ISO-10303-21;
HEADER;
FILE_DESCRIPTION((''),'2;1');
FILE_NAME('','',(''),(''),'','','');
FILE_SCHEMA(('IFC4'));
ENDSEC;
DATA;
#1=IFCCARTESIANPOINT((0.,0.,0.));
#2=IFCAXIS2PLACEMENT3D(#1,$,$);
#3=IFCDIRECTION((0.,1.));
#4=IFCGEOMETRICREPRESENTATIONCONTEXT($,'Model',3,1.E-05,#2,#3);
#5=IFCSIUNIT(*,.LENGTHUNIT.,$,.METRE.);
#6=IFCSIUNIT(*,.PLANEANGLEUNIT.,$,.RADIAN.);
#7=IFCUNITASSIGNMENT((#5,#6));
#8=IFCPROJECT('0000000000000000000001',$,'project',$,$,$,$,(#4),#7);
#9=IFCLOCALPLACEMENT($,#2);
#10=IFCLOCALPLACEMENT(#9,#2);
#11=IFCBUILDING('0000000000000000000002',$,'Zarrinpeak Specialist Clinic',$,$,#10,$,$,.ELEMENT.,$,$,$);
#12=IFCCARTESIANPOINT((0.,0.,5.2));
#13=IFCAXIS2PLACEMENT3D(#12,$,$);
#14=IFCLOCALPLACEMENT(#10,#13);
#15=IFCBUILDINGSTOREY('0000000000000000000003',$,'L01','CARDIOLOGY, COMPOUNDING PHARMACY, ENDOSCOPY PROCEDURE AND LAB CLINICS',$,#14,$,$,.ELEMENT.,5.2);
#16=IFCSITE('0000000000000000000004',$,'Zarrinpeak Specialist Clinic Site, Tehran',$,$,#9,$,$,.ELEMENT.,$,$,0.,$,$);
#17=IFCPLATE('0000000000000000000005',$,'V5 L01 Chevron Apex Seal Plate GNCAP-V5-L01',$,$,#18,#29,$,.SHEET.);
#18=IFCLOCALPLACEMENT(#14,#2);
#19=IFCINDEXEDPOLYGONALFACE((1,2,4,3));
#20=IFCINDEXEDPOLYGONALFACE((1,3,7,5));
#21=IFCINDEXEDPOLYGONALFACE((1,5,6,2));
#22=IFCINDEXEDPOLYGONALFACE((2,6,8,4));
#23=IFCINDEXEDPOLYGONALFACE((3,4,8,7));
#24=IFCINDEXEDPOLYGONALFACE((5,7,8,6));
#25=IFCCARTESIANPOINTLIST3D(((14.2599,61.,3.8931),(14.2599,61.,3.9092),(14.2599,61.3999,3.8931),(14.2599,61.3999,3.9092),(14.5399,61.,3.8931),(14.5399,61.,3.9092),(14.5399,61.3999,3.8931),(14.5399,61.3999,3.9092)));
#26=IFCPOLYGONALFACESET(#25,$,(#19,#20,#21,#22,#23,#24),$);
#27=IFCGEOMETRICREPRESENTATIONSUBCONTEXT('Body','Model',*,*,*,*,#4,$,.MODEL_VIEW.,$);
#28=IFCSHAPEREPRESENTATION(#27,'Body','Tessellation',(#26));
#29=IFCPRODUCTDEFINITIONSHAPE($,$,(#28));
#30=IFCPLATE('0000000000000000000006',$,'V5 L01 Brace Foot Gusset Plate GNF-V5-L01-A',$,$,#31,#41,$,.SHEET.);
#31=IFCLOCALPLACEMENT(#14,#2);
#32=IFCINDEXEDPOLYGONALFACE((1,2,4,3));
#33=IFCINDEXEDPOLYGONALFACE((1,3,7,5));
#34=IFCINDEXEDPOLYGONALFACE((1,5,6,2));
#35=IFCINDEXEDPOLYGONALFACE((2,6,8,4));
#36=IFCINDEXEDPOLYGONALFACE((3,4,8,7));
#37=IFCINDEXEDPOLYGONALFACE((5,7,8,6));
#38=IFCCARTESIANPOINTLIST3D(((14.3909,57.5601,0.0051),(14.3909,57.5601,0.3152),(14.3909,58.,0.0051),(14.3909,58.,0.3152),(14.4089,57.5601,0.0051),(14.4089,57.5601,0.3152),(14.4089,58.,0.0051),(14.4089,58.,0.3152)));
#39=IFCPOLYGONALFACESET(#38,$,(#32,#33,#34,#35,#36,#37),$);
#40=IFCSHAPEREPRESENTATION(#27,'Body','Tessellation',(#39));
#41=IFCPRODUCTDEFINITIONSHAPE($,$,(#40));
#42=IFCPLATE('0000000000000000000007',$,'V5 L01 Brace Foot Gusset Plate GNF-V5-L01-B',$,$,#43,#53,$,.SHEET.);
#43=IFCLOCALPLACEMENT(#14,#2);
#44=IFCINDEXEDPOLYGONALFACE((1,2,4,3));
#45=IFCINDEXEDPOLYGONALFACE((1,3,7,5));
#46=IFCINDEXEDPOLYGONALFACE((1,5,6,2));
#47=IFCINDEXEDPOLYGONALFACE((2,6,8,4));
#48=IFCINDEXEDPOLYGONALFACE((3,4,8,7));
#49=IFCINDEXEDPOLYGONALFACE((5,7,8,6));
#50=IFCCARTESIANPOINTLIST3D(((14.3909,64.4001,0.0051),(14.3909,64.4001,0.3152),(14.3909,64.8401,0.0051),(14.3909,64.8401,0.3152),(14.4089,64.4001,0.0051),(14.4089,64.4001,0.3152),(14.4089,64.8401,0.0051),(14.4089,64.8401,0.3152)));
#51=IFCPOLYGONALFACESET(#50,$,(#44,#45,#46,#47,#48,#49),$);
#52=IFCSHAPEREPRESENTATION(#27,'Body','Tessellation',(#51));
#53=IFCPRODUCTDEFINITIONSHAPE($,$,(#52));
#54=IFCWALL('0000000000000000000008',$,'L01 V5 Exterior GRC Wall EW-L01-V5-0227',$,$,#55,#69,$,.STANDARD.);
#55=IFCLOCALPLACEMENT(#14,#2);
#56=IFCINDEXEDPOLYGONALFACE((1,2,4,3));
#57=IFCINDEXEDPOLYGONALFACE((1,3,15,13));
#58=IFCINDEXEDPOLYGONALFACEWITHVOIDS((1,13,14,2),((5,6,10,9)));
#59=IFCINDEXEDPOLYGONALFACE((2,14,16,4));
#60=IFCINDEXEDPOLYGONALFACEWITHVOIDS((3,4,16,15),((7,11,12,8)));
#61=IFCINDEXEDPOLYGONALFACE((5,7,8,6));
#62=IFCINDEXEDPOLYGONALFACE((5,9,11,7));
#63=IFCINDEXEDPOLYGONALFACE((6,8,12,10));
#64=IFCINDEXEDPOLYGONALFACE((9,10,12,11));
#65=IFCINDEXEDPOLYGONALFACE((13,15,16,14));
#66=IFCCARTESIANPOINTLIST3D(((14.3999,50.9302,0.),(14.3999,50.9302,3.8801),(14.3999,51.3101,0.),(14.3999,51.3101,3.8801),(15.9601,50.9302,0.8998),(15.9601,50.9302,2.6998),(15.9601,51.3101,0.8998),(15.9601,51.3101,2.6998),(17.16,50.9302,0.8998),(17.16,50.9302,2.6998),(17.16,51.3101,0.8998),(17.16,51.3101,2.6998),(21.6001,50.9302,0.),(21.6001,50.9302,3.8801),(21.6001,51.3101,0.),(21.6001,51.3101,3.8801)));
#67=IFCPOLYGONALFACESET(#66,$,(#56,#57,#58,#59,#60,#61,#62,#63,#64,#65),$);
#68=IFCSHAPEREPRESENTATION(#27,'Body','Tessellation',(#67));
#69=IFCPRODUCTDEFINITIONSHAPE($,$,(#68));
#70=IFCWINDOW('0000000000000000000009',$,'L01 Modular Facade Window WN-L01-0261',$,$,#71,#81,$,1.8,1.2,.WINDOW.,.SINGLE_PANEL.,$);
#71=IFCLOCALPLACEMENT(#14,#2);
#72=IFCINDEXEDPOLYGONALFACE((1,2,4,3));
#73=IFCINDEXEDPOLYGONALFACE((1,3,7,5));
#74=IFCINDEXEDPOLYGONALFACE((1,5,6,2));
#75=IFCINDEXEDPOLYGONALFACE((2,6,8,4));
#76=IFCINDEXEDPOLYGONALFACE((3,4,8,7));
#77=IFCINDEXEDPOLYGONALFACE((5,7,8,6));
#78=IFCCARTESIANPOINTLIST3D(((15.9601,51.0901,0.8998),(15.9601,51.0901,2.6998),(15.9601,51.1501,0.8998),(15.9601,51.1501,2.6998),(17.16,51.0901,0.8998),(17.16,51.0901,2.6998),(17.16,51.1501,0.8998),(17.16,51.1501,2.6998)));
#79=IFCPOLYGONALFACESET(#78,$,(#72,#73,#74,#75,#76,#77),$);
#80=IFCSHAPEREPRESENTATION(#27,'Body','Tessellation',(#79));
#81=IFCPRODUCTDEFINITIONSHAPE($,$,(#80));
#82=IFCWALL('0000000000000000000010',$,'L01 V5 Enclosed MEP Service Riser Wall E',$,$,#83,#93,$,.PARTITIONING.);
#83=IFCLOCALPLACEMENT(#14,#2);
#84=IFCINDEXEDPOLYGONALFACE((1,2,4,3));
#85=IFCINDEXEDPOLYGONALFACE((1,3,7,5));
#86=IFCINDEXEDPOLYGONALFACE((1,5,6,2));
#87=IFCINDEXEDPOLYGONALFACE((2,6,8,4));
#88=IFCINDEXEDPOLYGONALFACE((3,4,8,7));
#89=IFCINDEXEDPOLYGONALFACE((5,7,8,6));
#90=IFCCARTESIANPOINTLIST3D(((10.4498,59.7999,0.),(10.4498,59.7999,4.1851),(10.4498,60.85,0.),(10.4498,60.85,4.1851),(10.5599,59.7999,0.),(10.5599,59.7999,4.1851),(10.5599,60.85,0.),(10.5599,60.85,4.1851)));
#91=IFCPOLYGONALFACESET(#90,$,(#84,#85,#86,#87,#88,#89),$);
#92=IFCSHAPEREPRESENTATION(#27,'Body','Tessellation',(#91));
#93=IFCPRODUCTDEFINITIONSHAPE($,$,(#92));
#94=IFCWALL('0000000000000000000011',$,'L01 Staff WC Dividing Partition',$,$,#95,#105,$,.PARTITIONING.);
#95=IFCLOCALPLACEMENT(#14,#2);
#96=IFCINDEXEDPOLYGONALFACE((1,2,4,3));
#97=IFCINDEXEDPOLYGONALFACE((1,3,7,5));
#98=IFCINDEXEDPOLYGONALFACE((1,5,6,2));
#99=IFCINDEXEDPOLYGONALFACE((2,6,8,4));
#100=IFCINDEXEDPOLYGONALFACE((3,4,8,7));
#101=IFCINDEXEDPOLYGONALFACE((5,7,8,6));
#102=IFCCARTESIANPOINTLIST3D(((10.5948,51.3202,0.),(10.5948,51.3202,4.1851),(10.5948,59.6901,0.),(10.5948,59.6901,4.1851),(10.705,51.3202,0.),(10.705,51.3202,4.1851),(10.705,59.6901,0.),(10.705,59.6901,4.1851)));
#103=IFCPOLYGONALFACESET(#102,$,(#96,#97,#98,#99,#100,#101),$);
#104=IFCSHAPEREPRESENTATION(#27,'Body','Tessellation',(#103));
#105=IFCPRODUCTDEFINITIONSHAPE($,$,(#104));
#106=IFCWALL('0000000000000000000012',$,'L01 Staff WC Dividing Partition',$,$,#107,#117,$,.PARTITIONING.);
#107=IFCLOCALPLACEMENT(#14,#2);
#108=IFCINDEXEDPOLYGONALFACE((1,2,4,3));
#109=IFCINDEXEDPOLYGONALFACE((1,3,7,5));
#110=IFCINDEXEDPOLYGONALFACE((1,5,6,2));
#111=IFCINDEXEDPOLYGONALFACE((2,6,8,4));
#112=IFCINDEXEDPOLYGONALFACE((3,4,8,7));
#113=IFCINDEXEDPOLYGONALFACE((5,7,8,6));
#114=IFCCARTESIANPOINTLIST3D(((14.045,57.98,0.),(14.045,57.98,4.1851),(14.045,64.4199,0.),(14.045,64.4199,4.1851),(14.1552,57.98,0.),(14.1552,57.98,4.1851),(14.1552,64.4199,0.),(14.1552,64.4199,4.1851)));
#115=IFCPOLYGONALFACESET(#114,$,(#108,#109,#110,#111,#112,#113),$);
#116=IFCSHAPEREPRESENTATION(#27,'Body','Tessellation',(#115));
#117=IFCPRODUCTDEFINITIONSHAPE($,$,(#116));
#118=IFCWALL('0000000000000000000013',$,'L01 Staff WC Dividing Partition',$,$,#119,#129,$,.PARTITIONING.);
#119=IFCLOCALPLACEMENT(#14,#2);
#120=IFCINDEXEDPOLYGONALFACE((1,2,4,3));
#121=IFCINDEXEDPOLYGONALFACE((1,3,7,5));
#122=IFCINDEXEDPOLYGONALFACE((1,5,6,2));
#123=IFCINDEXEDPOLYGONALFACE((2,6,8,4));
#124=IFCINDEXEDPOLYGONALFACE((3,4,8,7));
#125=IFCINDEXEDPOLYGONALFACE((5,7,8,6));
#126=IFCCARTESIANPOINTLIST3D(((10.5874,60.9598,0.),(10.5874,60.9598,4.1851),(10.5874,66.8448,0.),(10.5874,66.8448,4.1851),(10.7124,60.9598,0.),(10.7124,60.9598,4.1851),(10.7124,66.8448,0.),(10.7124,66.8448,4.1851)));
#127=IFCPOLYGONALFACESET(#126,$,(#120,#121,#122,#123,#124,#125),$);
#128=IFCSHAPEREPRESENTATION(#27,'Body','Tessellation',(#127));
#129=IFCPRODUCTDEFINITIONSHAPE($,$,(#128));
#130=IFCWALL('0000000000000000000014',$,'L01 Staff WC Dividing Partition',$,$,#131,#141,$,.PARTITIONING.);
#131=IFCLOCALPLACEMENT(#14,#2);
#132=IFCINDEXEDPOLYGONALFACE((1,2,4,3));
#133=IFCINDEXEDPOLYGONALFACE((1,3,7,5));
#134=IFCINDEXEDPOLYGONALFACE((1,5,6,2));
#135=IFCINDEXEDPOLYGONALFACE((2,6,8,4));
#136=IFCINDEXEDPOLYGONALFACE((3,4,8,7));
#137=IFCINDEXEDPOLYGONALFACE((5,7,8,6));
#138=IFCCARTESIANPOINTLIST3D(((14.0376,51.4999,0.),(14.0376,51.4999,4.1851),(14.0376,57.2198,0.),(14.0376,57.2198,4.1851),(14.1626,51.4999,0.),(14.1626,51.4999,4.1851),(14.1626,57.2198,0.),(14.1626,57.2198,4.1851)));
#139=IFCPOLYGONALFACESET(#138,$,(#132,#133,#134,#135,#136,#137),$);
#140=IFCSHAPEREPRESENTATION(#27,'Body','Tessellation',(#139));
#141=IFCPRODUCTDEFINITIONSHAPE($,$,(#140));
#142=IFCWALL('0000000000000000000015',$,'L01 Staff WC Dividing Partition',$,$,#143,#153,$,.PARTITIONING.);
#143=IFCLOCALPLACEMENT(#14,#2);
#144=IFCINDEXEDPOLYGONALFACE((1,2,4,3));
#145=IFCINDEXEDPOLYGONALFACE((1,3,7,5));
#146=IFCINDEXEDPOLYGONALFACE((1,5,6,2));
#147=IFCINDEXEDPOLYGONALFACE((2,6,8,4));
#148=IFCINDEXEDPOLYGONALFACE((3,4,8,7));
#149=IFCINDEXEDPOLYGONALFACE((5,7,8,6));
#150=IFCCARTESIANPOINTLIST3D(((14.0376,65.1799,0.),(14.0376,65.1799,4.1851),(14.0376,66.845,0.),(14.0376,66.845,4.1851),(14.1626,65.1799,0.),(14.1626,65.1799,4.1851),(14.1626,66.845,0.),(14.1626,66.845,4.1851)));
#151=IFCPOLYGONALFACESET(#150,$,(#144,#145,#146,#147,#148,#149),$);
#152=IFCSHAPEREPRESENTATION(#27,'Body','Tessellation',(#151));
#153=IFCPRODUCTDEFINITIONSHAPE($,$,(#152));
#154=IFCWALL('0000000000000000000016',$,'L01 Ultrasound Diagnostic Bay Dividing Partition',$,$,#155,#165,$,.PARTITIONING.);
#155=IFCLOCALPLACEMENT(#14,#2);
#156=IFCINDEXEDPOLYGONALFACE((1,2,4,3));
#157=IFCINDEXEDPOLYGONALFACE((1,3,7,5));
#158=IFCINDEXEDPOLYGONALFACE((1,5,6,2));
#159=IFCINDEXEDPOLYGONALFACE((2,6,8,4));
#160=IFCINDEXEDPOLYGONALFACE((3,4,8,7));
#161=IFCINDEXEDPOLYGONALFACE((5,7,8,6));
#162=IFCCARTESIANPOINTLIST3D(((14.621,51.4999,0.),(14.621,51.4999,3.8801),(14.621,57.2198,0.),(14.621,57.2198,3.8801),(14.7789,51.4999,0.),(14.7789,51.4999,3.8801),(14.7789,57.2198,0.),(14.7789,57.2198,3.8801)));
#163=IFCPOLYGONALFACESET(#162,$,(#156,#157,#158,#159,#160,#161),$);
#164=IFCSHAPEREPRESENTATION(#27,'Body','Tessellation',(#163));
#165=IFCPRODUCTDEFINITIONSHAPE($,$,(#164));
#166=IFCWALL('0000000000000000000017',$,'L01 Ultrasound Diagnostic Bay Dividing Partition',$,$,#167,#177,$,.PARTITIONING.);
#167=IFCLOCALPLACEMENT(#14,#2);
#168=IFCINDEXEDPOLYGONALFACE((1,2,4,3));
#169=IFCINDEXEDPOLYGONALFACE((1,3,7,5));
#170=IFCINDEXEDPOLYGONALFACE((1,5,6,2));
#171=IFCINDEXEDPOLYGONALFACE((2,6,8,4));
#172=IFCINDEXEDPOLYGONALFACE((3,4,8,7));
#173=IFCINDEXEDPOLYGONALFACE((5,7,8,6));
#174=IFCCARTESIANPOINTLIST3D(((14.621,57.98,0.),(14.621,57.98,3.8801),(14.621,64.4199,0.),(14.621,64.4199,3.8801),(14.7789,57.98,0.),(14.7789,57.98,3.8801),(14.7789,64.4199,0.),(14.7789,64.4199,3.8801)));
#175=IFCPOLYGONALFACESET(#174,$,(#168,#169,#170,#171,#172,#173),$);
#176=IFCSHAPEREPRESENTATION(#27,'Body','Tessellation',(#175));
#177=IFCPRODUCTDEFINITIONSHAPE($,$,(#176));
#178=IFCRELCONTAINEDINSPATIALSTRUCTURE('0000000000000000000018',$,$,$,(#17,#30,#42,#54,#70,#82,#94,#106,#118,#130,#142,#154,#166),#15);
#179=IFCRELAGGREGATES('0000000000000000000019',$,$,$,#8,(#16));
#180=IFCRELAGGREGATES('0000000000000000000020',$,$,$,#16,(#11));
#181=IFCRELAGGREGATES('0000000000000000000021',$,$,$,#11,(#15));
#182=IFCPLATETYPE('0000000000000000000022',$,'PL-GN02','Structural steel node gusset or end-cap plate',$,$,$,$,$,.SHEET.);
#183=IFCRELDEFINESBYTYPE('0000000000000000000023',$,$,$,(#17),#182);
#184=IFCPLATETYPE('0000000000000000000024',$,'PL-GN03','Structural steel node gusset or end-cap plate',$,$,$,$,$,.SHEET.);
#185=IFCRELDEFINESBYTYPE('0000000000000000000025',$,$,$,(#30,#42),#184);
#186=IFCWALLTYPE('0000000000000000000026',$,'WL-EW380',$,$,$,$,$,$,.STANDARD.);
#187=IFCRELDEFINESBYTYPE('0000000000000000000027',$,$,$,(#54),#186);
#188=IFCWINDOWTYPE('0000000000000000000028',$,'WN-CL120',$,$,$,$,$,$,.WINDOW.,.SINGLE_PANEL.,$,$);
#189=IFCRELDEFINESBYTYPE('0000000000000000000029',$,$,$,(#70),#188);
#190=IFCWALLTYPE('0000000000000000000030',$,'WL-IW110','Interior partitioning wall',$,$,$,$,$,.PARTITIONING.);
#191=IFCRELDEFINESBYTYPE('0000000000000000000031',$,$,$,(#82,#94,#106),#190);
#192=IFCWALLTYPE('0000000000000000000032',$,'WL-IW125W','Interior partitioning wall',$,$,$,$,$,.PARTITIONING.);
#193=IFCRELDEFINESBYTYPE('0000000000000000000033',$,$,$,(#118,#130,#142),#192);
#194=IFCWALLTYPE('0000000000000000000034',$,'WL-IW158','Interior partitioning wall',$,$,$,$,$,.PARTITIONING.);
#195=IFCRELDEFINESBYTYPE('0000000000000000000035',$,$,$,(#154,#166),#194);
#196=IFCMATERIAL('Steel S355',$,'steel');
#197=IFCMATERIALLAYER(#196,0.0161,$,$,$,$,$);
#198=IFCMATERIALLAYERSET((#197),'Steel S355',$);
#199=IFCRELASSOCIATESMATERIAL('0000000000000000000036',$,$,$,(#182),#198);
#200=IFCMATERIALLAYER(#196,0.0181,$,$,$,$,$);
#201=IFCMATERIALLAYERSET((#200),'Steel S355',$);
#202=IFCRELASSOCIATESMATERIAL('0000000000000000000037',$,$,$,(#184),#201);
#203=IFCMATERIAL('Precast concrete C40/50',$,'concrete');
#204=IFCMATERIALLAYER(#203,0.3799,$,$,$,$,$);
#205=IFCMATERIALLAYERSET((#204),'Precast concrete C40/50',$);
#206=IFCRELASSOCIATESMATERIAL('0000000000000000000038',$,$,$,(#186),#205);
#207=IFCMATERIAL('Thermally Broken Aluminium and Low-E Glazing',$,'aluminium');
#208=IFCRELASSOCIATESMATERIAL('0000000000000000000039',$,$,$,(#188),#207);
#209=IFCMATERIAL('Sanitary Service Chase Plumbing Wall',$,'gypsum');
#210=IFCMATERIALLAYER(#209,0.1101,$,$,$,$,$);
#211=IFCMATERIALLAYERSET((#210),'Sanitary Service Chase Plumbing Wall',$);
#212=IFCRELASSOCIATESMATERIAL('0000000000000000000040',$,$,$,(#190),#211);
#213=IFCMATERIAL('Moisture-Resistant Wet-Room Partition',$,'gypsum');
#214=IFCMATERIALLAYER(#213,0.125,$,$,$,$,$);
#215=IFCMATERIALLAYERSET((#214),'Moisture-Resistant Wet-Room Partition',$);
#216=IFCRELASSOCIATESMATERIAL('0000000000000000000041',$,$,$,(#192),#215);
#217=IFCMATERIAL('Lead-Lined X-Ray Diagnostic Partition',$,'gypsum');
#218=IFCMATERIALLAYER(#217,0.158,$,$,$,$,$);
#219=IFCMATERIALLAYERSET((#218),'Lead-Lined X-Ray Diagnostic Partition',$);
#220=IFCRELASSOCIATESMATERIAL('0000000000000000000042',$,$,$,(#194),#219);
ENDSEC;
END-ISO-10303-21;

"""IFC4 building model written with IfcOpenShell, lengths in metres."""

from ifc_helpers import new_model, si_unit, direction, frame, frame_2d, origin, origin_2d, place, context, subcontext, project, spatial, rectangle, extrude, material, layer, layer_set, type_object, element, fill, save


model = new_model("IFC4")

# Units and contexts
model_context = context("Model", 3, precision=1e-05, world=origin(), true_north=direction((0.0, 1.0)))
body_context = subcontext(model_context, "Body", "Model", "MODEL_VIEW")
ifc_project = project(units=[si_unit("LENGTHUNIT", "METRE"), si_unit("PLANEANGLEUNIT", "RADIAN")], contexts=[model_context])

# Site, building, storey
site_placement = place(None, origin())
site = spatial("IfcSite", under=ifc_project, at=site_placement, Name="Zarrinpeak Specialist Clinic Site, Tehran", CompositionType="ELEMENT", RefElevation=0.0)
building_placement = place(site_placement, origin())
building = spatial("IfcBuilding", under=site, at=building_placement, Name="Zarrinpeak Specialist Clinic", CompositionType="ELEMENT")
storey_placement = place(building_placement, frame((0.0, 0.0, 5.2)))
storey = spatial("IfcBuildingStorey", under=building, at=storey_placement, Name="L01", Description="CARDIOLOGY, COMPOUNDING PHARMACY, ENDOSCOPY PROCEDURE AND LAB CLINICS", CompositionType="ELEMENT", Elevation=5.2)

# Shared definitions
ifc_material_1 = material(Name="Steel S355", Category="steel")

# Plates
ifc_layer_1 = layer(ifc_material_1, 0.0161)
ifc_layer_set_1 = layer_set([ifc_layer_1], Name="Steel S355")
plate_type_1 = type_object("IfcPlateType", Name="PL-GN02", Description="Structural steel node gusset or end-cap plate", PredefinedType="SHEET", material=ifc_layer_set_1)
plate_1_placement = place(storey_placement, frame((14.3999, 61.2, 3.8931), z_axis=(0.0, 0.0, 1.0), x_axis=(1.0, 0.0, 0.0)))
element("IfcPlate", 1, at=plate_1_placement, inside=storey, type_object=plate_type_1, Name="V5 L01 Chevron Apex Seal Plate GNCAP-V5-L01", PredefinedType="SHEET", context=body_context, shape_type="SweptSolid", body=[
    extrude(rectangle(XDim=0.28, YDim=0.3999, at=origin_2d()), origin(), (0.0, 0.0, 1.0), 0.0161),
])
ifc_layer_2 = layer(ifc_material_1, 0.0181)
ifc_layer_set_2 = layer_set([ifc_layer_2], Name="Steel S355")
plate_type_2 = type_object("IfcPlateType", Name="PL-GN03", Description="Structural steel node gusset or end-cap plate", PredefinedType="SHEET", material=ifc_layer_set_2)
for number, where, z_axis, x_axis, name in (
    (2, (14.3999, 57.78, 0.0051), (0.0, 0.0, 1.0), (1.0, 0.0, 0.0), "V5 L01 Brace Foot Gusset Plate GNF-V5-L01-A"),
    (3, (14.3999, 64.6201, 0.0051), (0.0, 0.0, 1.0), (1.0, 0.0, 0.0), "V5 L01 Brace Foot Gusset Plate GNF-V5-L01-B"),
):
    element("IfcPlate", number, at=place(storey_placement, frame(where, z_axis=z_axis, x_axis=x_axis)), inside=storey, type_object=plate_type_2, Name=name, PredefinedType="SHEET", context=body_context, shape_type="SweptSolid", body=[
        extrude(rectangle(XDim=0.0181, YDim=0.4399, at=origin_2d()), origin(), (0.0, 0.0, 1.0), 0.3101),
    ])

# Wall, opening, window
ifc_material_2 = material(Name="Precast concrete C40/50", Category="concrete")
ifc_layer_3 = layer(ifc_material_2, 0.3799)
ifc_layer_set_3 = layer_set([ifc_layer_3], Name="Precast concrete C40/50")
wall_type_1 = type_object("IfcWallType", Name="WL-EW380", PredefinedType="STANDARD", material=ifc_layer_set_3)
wall_1_placement = place(storey_placement, frame((14.3999, 51.1201, 0.0), z_axis=(0.0, 0.0, 1.0), x_axis=(1.0, 0.0, 0.0)))
wall_1 = element("IfcWall", 4, at=wall_1_placement, inside=storey, type_object=wall_type_1, Name="L01 V5 Exterior GRC Wall EW-L01-V5-0227", PredefinedType="STANDARD", context=body_context, shape_type="SweptSolid", body=[
    extrude(rectangle(XDim=7.2002, YDim=0.3799, at=frame_2d((3.6001, 0.0))), origin(), (0.0, 0.0, 1.0), 3.8801),
])
opening_placement = place(wall_1_placement, frame((1.5601, 0.0, 0.8999)))
opening = element("IfcOpeningElement", 5, at=opening_placement, cuts=wall_1, PredefinedType="OPENING", context=body_context, shape_type="SweptSolid", body=[
    extrude(rectangle(XDim=1.2, YDim=1.8, at=frame_2d((0.6001, 0.8999))), frame((0.0, 0.2, 0.0), z_axis=(0.0, -1.0, 0.0), x_axis=(1.0, 0.0, 0.0)), (0.0, 0.0, 1.0), 0.3999),
])
ifc_material_3 = material(Name="Thermally Broken Aluminium and Low-E Glazing", Category="aluminium")
window_type = type_object("IfcWindowType", Name="WN-CL120", PartitioningType="SINGLE_PANEL", PredefinedType="WINDOW", material=ifc_material_3)
window_placement = place(opening_placement, origin())
window = element("IfcWindow", 6, at=window_placement, inside=storey, type_object=window_type, Name="L01 Modular Facade Window WN-L01-0261", OverallHeight=1.8, OverallWidth=1.2, PartitioningType="SINGLE_PANEL", PredefinedType="WINDOW", context=body_context, shape_type="SweptSolid", body=[
    extrude(rectangle(XDim=1.2, YDim=1.8, at=frame_2d((0.6001, 0.8999))), frame((0.0, 0.03, 0.0), z_axis=(0.0, -1.0, 0.0), x_axis=(1.0, 0.0, 0.0)), (0.0, 0.0, 1.0), 0.0601),
])
fill(opening, window)

# Walls
ifc_material_4 = material(Name="Sanitary Service Chase Plumbing Wall", Category="gypsum")
ifc_layer_4 = layer(ifc_material_4, 0.1101)
ifc_layer_set_4 = layer_set([ifc_layer_4], Name="Sanitary Service Chase Plumbing Wall")
wall_type_2 = type_object("IfcWallType", Name="WL-IW110", Description="Interior partitioning wall", PredefinedType="PARTITIONING", material=ifc_layer_set_4)
wall_2_placement = place(storey_placement, frame((10.5049, 59.8, 0.0), z_axis=(0.0, 0.0, 1.0), x_axis=(0.0, 1.0, 0.0)))
element("IfcWall", 7, at=wall_2_placement, inside=storey, type_object=wall_type_2, Name="L01 V5 Enclosed MEP Service Riser Wall E", PredefinedType="PARTITIONING", context=body_context, shape_type="SweptSolid", body=[
    extrude(rectangle(XDim=1.05, YDim=0.1101, at=frame_2d((0.5249, 0.0))), origin(), (0.0, 0.0, 1.0), 4.1851),
])
wall_3_placement = place(storey_placement, frame((10.6499, 51.3201, 0.0), z_axis=(0.0, 0.0, 1.0), x_axis=(0.0, 1.0, 0.0)))
element("IfcWall", 8, at=wall_3_placement, inside=storey, type_object=wall_type_2, Name="L01 Staff WC Dividing Partition", PredefinedType="PARTITIONING", context=body_context, shape_type="SweptSolid", body=[
    extrude(rectangle(XDim=8.3699, YDim=0.1101, at=frame_2d((4.1851, 0.0))), origin(), (0.0, 0.0, 1.0), 4.1851),
])
wall_4_placement = place(storey_placement, frame((14.1001, 57.98, 0.0), z_axis=(0.0, 0.0, 1.0), x_axis=(0.0, 1.0, 0.0)))
element("IfcWall", 9, at=wall_4_placement, inside=storey, type_object=wall_type_2, Name="L01 Staff WC Dividing Partition", PredefinedType="PARTITIONING", context=body_context, shape_type="SweptSolid", body=[
    extrude(rectangle(XDim=6.4399, YDim=0.1101, at=frame_2d((3.22, 0.0))), origin(), (0.0, 0.0, 1.0), 4.1851),
])
ifc_material_5 = material(Name="Moisture-Resistant Wet-Room Partition", Category="gypsum")
ifc_layer_5 = layer(ifc_material_5, 0.125)
ifc_layer_set_5 = layer_set([ifc_layer_5], Name="Moisture-Resistant Wet-Room Partition")
wall_type_3 = type_object("IfcWallType", Name="WL-IW125W", Description="Interior partitioning wall", PredefinedType="PARTITIONING", material=ifc_layer_set_5)
wall_5_placement = place(storey_placement, frame((10.6499, 60.96, 0.0), z_axis=(0.0, 0.0, 1.0), x_axis=(0.0, 1.0, 0.0)))
element("IfcWall", 10, at=wall_5_placement, inside=storey, type_object=wall_type_3, Name="L01 Staff WC Dividing Partition", PredefinedType="PARTITIONING", context=body_context, shape_type="SweptSolid", body=[
    extrude(rectangle(XDim=5.885, YDim=0.125, at=frame_2d((2.9424, 0.0))), origin(), (0.0, 0.0, 1.0), 4.1851),
])
wall_6_placement = place(storey_placement, frame((14.1001, 51.5, 0.0), z_axis=(0.0, 0.0, 1.0), x_axis=(0.0, 1.0, 0.0)))
element("IfcWall", 11, at=wall_6_placement, inside=storey, type_object=wall_type_3, Name="L01 Staff WC Dividing Partition", PredefinedType="PARTITIONING", context=body_context, shape_type="SweptSolid", body=[
    extrude(rectangle(XDim=5.72, YDim=0.125, at=frame_2d((2.8599, 0.0))), origin(), (0.0, 0.0, 1.0), 4.1851),
])
wall_7_placement = place(storey_placement, frame((14.1001, 65.1799, 0.0), z_axis=(0.0, 0.0, 1.0), x_axis=(0.0, 1.0, 0.0)))
element("IfcWall", 12, at=wall_7_placement, inside=storey, type_object=wall_type_3, Name="L01 Staff WC Dividing Partition", PredefinedType="PARTITIONING", context=body_context, shape_type="SweptSolid", body=[
    extrude(rectangle(XDim=1.665, YDim=0.125, at=frame_2d((0.8325, 0.0))), origin(), (0.0, 0.0, 1.0), 4.1851),
])
ifc_material_6 = material(Name="Lead-Lined X-Ray Diagnostic Partition", Category="gypsum")
ifc_layer_6 = layer(ifc_material_6, 0.158)
ifc_layer_set_6 = layer_set([ifc_layer_6], Name="Lead-Lined X-Ray Diagnostic Partition")
wall_type_4 = type_object("IfcWallType", Name="WL-IW158", Description="Interior partitioning wall", PredefinedType="PARTITIONING", material=ifc_layer_set_6)
wall_8_placement = place(storey_placement, frame((14.7, 51.5, 0.0), z_axis=(0.0, 0.0, 1.0), x_axis=(0.0, 1.0, 0.0)))
element("IfcWall", 13, at=wall_8_placement, inside=storey, type_object=wall_type_4, Name="L01 Ultrasound Diagnostic Bay Dividing Partition", PredefinedType="PARTITIONING", context=body_context, shape_type="SweptSolid", body=[
    extrude(rectangle(XDim=5.72, YDim=0.158, at=frame_2d((2.8599, 0.0))), origin(), (0.0, 0.0, 1.0), 3.8801),
])
wall_9_placement = place(storey_placement, frame((14.7, 57.98, 0.0), z_axis=(0.0, 0.0, 1.0), x_axis=(0.0, 1.0, 0.0)))
element("IfcWall", 14, at=wall_9_placement, inside=storey, type_object=wall_type_4, Name="L01 Ultrasound Diagnostic Bay Dividing Partition", PredefinedType="PARTITIONING", context=body_context, shape_type="SweptSolid", body=[
    extrude(rectangle(XDim=6.4399, YDim=0.158, at=frame_2d((3.22, 0.0))), origin(), (0.0, 0.0, 1.0), 3.8801),
])

save(model, "model.ifc")
